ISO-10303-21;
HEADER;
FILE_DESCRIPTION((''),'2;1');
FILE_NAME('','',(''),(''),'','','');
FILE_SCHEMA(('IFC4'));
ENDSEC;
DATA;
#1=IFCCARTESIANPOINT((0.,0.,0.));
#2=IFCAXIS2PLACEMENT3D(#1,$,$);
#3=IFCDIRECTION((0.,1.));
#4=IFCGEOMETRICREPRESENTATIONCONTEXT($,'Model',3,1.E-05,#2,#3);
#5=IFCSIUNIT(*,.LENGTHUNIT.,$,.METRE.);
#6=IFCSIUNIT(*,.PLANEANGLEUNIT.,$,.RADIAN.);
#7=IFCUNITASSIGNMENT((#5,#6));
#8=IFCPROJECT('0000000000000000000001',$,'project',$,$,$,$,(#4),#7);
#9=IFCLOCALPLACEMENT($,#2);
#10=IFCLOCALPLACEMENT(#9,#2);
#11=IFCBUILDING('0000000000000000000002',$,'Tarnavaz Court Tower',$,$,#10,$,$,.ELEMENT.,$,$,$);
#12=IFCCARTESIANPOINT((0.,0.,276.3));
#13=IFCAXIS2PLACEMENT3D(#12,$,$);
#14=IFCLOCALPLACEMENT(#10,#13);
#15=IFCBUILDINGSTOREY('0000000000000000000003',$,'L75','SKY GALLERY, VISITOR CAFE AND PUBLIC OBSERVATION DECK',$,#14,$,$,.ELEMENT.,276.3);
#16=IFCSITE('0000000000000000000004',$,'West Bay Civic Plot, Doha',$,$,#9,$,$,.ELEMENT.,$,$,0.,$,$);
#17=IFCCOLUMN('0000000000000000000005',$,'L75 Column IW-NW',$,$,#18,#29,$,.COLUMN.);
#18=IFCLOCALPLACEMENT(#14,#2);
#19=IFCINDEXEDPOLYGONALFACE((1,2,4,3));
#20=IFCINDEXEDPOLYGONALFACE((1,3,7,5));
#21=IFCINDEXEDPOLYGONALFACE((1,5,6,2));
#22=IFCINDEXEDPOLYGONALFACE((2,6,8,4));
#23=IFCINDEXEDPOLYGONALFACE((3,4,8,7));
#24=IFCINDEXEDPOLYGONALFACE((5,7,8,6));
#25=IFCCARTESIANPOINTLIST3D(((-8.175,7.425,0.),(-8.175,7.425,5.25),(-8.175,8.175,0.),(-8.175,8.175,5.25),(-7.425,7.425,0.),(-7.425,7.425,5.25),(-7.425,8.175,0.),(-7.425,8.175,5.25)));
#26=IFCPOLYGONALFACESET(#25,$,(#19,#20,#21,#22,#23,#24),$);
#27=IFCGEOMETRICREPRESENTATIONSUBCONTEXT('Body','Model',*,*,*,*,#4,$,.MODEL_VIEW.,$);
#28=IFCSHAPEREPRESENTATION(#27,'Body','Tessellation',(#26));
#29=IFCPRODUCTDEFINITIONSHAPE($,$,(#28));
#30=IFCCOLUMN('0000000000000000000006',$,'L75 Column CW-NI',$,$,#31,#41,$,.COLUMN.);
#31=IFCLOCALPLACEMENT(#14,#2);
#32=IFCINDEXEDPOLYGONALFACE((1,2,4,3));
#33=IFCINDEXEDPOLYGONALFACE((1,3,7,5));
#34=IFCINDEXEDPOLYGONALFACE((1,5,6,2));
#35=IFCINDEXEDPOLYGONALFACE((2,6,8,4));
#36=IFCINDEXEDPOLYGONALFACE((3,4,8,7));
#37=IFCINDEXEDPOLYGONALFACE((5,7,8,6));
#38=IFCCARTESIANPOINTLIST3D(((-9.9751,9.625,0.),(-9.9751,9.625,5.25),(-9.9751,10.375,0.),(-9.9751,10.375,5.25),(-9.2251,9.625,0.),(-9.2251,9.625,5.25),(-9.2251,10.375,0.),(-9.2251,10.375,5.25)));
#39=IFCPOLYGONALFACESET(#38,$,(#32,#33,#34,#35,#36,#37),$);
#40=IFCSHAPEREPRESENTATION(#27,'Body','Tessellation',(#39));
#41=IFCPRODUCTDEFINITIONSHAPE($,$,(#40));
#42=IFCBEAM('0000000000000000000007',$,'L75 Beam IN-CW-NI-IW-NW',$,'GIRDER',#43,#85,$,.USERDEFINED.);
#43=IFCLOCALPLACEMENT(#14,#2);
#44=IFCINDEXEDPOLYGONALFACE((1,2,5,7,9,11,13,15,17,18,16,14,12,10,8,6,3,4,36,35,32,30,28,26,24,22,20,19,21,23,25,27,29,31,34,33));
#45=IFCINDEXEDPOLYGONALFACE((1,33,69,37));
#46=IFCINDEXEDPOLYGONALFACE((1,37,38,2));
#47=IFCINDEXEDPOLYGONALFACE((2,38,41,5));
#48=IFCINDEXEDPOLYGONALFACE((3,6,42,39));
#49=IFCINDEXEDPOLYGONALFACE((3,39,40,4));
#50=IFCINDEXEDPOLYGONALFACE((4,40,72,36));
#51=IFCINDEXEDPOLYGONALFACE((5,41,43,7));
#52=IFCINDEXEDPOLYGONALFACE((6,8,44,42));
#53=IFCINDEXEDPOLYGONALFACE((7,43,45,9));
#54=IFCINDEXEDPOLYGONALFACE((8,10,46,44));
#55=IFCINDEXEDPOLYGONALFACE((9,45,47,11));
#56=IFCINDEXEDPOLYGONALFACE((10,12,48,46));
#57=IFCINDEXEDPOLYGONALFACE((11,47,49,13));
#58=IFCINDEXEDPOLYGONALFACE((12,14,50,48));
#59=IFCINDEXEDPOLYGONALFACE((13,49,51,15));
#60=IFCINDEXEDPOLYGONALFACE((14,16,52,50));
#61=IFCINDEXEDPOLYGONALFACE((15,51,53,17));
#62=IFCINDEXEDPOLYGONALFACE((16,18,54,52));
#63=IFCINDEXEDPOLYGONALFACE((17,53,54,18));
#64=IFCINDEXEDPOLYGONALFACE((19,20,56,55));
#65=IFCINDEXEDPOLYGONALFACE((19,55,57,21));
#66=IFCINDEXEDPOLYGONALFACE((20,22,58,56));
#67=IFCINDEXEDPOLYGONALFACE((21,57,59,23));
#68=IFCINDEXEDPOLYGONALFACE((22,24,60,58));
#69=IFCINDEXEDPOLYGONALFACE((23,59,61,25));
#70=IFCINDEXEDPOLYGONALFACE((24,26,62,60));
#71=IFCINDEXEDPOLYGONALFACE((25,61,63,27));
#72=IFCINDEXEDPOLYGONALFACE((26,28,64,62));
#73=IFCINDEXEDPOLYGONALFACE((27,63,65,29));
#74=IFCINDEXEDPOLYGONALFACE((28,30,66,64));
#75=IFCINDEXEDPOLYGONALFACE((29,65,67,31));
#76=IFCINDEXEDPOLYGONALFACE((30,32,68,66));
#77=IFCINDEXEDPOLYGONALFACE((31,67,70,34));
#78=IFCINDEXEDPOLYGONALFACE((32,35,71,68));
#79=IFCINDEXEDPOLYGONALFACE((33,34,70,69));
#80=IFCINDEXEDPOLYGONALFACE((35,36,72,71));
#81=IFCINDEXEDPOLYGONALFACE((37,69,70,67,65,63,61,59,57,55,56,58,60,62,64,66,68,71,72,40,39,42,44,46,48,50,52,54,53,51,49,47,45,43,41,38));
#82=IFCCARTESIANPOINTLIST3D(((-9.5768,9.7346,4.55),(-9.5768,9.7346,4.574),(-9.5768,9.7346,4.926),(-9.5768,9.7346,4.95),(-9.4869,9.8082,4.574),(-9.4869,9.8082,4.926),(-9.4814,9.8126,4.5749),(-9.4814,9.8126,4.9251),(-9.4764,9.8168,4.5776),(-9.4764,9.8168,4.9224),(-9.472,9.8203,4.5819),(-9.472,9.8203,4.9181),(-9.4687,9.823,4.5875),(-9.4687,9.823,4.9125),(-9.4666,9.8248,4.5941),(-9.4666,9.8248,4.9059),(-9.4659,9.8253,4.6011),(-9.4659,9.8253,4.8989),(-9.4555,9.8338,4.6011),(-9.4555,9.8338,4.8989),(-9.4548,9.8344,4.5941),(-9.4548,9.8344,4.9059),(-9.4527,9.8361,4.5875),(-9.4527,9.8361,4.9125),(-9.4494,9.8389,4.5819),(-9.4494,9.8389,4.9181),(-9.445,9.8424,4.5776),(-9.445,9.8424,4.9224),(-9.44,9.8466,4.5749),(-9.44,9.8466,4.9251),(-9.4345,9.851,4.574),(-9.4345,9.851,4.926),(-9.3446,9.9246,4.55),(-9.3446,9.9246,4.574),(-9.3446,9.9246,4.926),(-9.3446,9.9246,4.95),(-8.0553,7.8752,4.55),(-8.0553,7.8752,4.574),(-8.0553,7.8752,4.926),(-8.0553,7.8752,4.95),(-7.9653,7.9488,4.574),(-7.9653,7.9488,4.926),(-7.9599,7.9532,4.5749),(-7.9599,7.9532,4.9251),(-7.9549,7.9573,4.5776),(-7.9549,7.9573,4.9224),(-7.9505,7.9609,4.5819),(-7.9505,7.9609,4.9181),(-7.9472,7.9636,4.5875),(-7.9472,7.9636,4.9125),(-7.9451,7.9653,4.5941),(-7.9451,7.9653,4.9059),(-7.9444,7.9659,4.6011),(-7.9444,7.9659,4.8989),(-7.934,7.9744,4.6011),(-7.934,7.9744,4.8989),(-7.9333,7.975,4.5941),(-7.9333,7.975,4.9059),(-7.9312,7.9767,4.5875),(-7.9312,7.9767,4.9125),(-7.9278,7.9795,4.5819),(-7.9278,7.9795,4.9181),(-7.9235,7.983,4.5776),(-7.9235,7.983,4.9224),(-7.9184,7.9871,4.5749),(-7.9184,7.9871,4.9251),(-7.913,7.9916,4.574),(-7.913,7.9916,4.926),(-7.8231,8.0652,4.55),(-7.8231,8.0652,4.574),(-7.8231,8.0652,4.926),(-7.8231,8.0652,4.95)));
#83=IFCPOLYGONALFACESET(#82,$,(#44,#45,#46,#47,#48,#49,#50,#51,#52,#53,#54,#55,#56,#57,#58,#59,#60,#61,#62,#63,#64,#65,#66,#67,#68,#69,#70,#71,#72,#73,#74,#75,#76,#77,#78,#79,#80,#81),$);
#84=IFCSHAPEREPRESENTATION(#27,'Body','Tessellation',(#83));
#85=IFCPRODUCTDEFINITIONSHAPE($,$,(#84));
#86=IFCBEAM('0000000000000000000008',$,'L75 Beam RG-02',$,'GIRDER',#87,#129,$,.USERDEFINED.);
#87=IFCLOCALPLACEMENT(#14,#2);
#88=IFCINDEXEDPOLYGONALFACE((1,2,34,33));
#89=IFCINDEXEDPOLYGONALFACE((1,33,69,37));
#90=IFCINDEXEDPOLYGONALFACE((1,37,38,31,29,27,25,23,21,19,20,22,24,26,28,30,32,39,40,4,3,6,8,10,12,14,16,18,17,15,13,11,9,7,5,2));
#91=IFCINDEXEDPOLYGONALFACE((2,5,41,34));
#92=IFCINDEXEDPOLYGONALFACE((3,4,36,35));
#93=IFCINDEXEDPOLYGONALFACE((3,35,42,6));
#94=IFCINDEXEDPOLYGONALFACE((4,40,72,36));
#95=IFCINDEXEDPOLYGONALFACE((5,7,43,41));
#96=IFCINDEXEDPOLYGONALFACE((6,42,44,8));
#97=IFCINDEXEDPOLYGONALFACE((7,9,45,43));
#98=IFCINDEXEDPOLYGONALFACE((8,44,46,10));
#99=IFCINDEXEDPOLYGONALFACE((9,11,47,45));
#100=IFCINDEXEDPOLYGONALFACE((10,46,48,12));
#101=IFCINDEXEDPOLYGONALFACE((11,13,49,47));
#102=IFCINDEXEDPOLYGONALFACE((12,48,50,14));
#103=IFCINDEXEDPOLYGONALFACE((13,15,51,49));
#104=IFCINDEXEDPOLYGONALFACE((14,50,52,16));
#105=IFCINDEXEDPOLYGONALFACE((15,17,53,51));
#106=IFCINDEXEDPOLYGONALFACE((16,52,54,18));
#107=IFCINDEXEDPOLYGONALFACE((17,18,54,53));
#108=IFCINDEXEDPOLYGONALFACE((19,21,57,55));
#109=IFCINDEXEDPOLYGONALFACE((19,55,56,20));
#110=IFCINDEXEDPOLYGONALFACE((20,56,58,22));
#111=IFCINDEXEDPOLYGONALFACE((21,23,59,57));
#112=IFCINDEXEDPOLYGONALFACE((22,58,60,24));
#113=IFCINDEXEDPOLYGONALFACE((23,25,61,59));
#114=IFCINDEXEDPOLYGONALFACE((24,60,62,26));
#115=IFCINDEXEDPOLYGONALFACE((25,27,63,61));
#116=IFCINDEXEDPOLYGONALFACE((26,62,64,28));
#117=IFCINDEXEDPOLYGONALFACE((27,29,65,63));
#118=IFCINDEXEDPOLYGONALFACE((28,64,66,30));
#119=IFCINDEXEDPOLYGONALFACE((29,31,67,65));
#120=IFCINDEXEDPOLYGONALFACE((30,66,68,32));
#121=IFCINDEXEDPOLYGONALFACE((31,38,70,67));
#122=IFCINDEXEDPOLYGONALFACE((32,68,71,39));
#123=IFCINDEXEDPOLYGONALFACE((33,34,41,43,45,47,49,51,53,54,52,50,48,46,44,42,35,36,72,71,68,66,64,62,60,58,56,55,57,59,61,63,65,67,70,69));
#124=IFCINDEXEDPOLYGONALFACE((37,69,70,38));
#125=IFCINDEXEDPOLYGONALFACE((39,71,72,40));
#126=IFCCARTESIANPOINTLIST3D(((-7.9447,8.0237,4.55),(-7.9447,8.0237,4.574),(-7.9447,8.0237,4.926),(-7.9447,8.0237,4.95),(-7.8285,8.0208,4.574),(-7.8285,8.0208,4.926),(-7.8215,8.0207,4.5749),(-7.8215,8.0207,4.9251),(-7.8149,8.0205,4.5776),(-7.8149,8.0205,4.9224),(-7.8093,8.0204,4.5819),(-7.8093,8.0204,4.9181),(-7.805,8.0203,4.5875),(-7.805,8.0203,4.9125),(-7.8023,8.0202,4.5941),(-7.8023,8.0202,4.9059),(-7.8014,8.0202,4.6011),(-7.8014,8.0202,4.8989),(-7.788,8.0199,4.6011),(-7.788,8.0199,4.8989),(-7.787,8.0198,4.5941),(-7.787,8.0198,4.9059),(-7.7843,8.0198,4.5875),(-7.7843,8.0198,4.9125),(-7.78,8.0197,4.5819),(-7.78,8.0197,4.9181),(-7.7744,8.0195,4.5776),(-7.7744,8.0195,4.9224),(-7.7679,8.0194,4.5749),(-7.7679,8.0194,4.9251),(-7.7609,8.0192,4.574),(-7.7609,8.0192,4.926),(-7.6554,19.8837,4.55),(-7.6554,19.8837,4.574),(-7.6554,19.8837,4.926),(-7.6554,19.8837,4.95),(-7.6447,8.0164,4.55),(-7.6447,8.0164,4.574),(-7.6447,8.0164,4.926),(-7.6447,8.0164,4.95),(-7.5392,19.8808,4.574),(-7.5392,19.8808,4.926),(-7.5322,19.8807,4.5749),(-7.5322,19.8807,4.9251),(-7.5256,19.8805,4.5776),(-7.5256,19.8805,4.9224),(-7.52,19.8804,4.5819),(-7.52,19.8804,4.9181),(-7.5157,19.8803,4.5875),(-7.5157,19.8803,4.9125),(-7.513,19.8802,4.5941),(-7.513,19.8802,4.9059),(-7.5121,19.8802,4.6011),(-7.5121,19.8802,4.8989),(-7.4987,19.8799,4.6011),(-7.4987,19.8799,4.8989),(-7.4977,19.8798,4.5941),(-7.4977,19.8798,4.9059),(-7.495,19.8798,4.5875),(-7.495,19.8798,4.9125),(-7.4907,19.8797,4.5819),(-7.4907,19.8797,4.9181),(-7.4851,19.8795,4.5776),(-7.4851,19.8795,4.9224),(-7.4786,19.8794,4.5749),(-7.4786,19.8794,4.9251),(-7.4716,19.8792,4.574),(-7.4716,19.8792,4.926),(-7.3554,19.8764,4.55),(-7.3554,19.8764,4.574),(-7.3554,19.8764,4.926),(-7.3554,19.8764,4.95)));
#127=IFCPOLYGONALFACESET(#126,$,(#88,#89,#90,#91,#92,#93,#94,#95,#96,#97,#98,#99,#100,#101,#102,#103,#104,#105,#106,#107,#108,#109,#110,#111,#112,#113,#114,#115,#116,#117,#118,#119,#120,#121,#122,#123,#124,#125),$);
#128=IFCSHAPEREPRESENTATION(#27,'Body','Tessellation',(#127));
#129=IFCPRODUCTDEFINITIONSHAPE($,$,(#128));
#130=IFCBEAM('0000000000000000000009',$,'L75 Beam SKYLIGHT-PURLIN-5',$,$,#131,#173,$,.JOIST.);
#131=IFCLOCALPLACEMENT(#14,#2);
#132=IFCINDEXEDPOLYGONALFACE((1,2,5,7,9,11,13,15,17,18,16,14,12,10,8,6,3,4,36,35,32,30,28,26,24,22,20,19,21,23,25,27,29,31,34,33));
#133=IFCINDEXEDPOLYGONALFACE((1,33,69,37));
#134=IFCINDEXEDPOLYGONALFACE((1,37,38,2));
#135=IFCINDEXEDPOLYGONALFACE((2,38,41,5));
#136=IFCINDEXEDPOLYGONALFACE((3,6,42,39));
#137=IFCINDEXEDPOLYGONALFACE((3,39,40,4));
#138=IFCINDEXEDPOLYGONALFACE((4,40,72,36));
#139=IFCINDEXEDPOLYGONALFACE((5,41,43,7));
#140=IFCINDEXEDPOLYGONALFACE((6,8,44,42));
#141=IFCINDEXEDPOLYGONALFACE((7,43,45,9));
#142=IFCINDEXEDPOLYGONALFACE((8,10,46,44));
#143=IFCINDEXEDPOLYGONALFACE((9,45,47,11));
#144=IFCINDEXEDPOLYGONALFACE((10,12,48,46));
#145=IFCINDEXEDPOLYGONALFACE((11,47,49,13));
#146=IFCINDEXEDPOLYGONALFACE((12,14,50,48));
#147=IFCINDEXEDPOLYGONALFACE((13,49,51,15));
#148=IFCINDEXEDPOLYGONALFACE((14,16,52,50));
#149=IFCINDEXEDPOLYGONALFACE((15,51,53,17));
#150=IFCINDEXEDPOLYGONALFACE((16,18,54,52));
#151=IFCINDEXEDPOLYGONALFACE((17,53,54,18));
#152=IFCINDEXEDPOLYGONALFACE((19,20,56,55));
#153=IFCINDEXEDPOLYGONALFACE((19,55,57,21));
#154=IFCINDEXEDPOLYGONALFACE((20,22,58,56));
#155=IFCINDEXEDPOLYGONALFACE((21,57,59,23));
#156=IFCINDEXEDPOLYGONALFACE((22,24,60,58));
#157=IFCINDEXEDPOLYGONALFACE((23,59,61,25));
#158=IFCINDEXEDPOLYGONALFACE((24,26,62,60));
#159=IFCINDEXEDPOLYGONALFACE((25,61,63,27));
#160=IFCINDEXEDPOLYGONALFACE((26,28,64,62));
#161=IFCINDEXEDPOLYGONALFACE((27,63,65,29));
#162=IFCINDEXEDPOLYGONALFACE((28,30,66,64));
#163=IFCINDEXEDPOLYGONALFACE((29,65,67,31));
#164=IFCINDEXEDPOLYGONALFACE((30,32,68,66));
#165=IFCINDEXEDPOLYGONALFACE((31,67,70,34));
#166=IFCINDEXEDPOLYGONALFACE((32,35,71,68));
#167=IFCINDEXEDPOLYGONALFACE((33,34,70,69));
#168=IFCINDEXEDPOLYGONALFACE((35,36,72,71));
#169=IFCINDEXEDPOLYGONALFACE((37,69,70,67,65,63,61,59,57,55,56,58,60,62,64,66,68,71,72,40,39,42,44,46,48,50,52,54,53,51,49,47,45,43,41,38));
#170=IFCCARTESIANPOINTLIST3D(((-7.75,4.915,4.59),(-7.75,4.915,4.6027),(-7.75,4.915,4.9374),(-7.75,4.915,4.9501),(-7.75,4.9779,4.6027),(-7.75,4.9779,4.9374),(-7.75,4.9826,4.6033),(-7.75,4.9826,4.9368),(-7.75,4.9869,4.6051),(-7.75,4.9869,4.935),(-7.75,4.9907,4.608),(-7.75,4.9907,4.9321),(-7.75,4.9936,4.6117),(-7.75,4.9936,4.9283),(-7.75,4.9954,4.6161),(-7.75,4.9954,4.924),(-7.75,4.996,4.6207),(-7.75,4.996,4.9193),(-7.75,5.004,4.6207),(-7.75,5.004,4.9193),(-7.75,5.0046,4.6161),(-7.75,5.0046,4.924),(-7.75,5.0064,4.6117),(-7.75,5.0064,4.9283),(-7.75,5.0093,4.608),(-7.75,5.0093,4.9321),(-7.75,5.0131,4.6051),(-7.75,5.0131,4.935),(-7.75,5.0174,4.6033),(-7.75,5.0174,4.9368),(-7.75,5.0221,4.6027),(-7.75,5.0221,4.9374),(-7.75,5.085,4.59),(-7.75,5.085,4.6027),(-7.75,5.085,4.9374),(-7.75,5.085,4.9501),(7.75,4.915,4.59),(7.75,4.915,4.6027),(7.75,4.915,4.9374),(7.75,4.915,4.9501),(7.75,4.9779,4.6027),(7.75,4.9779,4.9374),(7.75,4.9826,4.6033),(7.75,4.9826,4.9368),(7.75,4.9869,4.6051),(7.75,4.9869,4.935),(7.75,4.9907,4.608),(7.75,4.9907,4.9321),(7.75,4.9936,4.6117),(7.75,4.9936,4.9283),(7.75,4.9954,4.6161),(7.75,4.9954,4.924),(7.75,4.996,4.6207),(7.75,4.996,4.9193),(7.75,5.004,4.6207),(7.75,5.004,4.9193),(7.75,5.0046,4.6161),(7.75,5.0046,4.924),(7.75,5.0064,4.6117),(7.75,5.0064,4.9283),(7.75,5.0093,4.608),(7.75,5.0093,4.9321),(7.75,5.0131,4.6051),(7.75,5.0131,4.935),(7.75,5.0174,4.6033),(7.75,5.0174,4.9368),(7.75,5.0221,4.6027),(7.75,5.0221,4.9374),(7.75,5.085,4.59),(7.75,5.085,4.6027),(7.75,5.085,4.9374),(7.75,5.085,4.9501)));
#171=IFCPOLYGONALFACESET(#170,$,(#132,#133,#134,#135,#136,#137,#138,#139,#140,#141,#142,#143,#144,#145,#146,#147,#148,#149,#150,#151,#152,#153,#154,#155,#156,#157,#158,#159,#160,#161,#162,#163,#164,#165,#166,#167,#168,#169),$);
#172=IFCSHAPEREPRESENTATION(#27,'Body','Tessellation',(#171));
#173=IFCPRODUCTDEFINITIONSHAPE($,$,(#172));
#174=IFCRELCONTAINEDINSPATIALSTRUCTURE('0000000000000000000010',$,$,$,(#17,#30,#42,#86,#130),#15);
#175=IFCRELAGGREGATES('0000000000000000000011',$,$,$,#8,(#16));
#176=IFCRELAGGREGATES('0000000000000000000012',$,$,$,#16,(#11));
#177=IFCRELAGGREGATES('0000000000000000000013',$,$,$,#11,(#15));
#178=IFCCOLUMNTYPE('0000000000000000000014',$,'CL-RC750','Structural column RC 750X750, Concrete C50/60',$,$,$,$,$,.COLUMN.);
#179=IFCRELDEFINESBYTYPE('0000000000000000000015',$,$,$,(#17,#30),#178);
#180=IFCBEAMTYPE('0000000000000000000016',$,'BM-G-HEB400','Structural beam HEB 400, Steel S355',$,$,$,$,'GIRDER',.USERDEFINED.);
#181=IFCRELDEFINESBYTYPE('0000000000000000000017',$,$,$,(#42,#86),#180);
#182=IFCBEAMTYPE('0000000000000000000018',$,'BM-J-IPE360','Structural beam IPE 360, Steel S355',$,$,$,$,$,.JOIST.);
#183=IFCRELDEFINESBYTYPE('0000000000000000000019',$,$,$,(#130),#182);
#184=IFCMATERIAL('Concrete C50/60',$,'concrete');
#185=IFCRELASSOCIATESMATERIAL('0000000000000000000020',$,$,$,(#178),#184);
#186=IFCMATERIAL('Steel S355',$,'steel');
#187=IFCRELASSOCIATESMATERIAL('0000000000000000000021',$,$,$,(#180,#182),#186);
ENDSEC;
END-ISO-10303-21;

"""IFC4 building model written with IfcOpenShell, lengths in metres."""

from ifc_helpers import new_model, si_unit, direction, frame, origin, origin_2d, place, context, subcontext, project, spatial, rectangle, i_section, extrude, material, material_profile, profile_set, type_object, element, save


model = new_model("IFC4")

# Units and contexts
model_context = context("Model", 3, precision=1e-05, world=origin(), true_north=direction((0.0, 1.0)))
body_context = subcontext(model_context, "Body", "Model", "MODEL_VIEW")
ifc_project = project(units=[si_unit("LENGTHUNIT", "METRE"), si_unit("PLANEANGLEUNIT", "RADIAN")], contexts=[model_context])

# Site, building, storey
site_placement = place(None, origin())
site = spatial("IfcSite", under=ifc_project, at=site_placement, Name="West Bay Civic Plot, Doha", CompositionType="ELEMENT", RefElevation=0.0)
building_placement = place(site_placement, origin())
building = spatial("IfcBuilding", under=site, at=building_placement, Name="Tarnavaz Court Tower", CompositionType="ELEMENT")
storey_placement = place(building_placement, frame((0.0, 0.0, 276.3)))
storey = spatial("IfcBuildingStorey", under=building, at=storey_placement, Name="L75", Description="SKY GALLERY, VISITOR CAFE AND PUBLIC OBSERVATION DECK", CompositionType="ELEMENT", Elevation=276.3)

# Columns
ifc_material_1 = material(Name="Concrete C50/60", Category="concrete")
ifc_material_profile_1 = material_profile(ifc_material_1, rectangle(XDim=0.75, YDim=0.75, at=origin_2d()), Name="RC 750X750")
ifc_profile_set_1 = profile_set([ifc_material_profile_1], Name="Concrete C50/60")
column_type = type_object("IfcColumnType", Name="CL-RC750", Description="Structural column RC 750X750, Concrete C50/60", PredefinedType="COLUMN", material=ifc_profile_set_1)
for number, where, z_axis, x_axis, name in (
    (1, (-7.8, 7.8, 0.0), (0.0, 0.0, 1.0), (1.0, 0.0, 0.0), "L75 Column IW-NW"),
    (2, (-9.6001, 10.0, 0.0), (0.0, 0.0, 1.0), (1.0, 0.0, 0.0), "L75 Column CW-NI"),
):
    element("IfcColumn", number, at=place(storey_placement, frame(where, z_axis=z_axis, x_axis=x_axis)), inside=storey, type_object=column_type, Name=name, PredefinedType="COLUMN", context=body_context, shape_type="SweptSolid", body=[
        extrude(rectangle(XDim=0.75, YDim=0.75, at=origin_2d()), origin(), (0.0, 0.0, 1.0), 5.25),
    ])

# Beams
ifc_material_2 = material(Name="Steel S355", Category="steel")
ifc_material_profile_2 = material_profile(ifc_material_2, i_section(OverallWidth=0.3, OverallDepth=0.3999, WebThickness=0.0134, FlangeThickness=0.0239, FilletRadius=0.0271, at=origin_2d()), Name="HEB 400")
ifc_profile_set_2 = profile_set([ifc_material_profile_2], Name="Steel S355")
beam_type_1 = type_object("IfcBeamType", Name="BM-G-HEB400", Description="Structural beam HEB 400, Steel S355", ElementType="GIRDER", PredefinedType="USERDEFINED", material=ifc_profile_set_2)
beam_1_placement = place(storey_placement, frame((-9.4607, 9.8296, 4.75), z_axis=(0.633282, -0.773921, 0.0), x_axis=(0.773921, 0.633282, 0.0)))
element("IfcBeam", 3, at=beam_1_placement, inside=storey, type_object=beam_type_1, Name="L75 Beam IN-CW-NI-IW-NW", ObjectType="GIRDER", PredefinedType="USERDEFINED", context=body_context, shape_type="SweptSolid", body=[
    extrude(i_section(OverallWidth=0.3, OverallDepth=0.3999, WebThickness=0.0134, FlangeThickness=0.0239, FilletRadius=0.0271, at=origin_2d()), origin(), (0.0, 0.0, 1.0), 2.4026),
])
beam_2_placement = place(storey_placement, frame((-7.7947, 8.02, 4.75), z_axis=(0.024386, 0.999703, 0.0), x_axis=(-0.999703, 0.024386, 0.0)))
element("IfcBeam", 4, at=beam_2_placement, inside=storey, type_object=beam_type_1, Name="L75 Beam RG-02", ObjectType="GIRDER", PredefinedType="USERDEFINED", context=body_context, shape_type="SweptSolid", body=[
    extrude(i_section(OverallWidth=0.3, OverallDepth=0.3999, WebThickness=0.0134, FlangeThickness=0.0239, FilletRadius=0.0271, at=origin_2d()), origin(), (0.0, 0.0, 1.0), 11.8635),
])
ifc_material_profile_3 = material_profile(ifc_material_2, i_section(OverallWidth=0.1699, OverallDepth=0.3601, WebThickness=0.0081, FlangeThickness=0.0127, FilletRadius=0.0181, at=origin_2d()), Name="IPE 360")
ifc_profile_set_3 = profile_set([ifc_material_profile_3], Name="Steel S355")
beam_type_2 = type_object("IfcBeamType", Name="BM-J-IPE360", Description="Structural beam IPE 360, Steel S355", PredefinedType="JOIST", material=ifc_profile_set_3)
beam_3_placement = place(storey_placement, frame((-7.75, 5.0, 4.77), z_axis=(1.0, 0.0, 0.0), x_axis=(0.0, 1.0, 0.0)))
element("IfcBeam", 5, at=beam_3_placement, inside=storey, type_object=beam_type_2, Name="L75 Beam SKYLIGHT-PURLIN-5", PredefinedType="JOIST", context=body_context, shape_type="SweptSolid", body=[
    extrude(i_section(OverallWidth=0.1699, OverallDepth=0.3601, WebThickness=0.0081, FlangeThickness=0.0127, FilletRadius=0.0181, at=origin_2d()), origin(), (0.0, 0.0, 1.0), 15.5),
])

save(model, "model.ifc")
